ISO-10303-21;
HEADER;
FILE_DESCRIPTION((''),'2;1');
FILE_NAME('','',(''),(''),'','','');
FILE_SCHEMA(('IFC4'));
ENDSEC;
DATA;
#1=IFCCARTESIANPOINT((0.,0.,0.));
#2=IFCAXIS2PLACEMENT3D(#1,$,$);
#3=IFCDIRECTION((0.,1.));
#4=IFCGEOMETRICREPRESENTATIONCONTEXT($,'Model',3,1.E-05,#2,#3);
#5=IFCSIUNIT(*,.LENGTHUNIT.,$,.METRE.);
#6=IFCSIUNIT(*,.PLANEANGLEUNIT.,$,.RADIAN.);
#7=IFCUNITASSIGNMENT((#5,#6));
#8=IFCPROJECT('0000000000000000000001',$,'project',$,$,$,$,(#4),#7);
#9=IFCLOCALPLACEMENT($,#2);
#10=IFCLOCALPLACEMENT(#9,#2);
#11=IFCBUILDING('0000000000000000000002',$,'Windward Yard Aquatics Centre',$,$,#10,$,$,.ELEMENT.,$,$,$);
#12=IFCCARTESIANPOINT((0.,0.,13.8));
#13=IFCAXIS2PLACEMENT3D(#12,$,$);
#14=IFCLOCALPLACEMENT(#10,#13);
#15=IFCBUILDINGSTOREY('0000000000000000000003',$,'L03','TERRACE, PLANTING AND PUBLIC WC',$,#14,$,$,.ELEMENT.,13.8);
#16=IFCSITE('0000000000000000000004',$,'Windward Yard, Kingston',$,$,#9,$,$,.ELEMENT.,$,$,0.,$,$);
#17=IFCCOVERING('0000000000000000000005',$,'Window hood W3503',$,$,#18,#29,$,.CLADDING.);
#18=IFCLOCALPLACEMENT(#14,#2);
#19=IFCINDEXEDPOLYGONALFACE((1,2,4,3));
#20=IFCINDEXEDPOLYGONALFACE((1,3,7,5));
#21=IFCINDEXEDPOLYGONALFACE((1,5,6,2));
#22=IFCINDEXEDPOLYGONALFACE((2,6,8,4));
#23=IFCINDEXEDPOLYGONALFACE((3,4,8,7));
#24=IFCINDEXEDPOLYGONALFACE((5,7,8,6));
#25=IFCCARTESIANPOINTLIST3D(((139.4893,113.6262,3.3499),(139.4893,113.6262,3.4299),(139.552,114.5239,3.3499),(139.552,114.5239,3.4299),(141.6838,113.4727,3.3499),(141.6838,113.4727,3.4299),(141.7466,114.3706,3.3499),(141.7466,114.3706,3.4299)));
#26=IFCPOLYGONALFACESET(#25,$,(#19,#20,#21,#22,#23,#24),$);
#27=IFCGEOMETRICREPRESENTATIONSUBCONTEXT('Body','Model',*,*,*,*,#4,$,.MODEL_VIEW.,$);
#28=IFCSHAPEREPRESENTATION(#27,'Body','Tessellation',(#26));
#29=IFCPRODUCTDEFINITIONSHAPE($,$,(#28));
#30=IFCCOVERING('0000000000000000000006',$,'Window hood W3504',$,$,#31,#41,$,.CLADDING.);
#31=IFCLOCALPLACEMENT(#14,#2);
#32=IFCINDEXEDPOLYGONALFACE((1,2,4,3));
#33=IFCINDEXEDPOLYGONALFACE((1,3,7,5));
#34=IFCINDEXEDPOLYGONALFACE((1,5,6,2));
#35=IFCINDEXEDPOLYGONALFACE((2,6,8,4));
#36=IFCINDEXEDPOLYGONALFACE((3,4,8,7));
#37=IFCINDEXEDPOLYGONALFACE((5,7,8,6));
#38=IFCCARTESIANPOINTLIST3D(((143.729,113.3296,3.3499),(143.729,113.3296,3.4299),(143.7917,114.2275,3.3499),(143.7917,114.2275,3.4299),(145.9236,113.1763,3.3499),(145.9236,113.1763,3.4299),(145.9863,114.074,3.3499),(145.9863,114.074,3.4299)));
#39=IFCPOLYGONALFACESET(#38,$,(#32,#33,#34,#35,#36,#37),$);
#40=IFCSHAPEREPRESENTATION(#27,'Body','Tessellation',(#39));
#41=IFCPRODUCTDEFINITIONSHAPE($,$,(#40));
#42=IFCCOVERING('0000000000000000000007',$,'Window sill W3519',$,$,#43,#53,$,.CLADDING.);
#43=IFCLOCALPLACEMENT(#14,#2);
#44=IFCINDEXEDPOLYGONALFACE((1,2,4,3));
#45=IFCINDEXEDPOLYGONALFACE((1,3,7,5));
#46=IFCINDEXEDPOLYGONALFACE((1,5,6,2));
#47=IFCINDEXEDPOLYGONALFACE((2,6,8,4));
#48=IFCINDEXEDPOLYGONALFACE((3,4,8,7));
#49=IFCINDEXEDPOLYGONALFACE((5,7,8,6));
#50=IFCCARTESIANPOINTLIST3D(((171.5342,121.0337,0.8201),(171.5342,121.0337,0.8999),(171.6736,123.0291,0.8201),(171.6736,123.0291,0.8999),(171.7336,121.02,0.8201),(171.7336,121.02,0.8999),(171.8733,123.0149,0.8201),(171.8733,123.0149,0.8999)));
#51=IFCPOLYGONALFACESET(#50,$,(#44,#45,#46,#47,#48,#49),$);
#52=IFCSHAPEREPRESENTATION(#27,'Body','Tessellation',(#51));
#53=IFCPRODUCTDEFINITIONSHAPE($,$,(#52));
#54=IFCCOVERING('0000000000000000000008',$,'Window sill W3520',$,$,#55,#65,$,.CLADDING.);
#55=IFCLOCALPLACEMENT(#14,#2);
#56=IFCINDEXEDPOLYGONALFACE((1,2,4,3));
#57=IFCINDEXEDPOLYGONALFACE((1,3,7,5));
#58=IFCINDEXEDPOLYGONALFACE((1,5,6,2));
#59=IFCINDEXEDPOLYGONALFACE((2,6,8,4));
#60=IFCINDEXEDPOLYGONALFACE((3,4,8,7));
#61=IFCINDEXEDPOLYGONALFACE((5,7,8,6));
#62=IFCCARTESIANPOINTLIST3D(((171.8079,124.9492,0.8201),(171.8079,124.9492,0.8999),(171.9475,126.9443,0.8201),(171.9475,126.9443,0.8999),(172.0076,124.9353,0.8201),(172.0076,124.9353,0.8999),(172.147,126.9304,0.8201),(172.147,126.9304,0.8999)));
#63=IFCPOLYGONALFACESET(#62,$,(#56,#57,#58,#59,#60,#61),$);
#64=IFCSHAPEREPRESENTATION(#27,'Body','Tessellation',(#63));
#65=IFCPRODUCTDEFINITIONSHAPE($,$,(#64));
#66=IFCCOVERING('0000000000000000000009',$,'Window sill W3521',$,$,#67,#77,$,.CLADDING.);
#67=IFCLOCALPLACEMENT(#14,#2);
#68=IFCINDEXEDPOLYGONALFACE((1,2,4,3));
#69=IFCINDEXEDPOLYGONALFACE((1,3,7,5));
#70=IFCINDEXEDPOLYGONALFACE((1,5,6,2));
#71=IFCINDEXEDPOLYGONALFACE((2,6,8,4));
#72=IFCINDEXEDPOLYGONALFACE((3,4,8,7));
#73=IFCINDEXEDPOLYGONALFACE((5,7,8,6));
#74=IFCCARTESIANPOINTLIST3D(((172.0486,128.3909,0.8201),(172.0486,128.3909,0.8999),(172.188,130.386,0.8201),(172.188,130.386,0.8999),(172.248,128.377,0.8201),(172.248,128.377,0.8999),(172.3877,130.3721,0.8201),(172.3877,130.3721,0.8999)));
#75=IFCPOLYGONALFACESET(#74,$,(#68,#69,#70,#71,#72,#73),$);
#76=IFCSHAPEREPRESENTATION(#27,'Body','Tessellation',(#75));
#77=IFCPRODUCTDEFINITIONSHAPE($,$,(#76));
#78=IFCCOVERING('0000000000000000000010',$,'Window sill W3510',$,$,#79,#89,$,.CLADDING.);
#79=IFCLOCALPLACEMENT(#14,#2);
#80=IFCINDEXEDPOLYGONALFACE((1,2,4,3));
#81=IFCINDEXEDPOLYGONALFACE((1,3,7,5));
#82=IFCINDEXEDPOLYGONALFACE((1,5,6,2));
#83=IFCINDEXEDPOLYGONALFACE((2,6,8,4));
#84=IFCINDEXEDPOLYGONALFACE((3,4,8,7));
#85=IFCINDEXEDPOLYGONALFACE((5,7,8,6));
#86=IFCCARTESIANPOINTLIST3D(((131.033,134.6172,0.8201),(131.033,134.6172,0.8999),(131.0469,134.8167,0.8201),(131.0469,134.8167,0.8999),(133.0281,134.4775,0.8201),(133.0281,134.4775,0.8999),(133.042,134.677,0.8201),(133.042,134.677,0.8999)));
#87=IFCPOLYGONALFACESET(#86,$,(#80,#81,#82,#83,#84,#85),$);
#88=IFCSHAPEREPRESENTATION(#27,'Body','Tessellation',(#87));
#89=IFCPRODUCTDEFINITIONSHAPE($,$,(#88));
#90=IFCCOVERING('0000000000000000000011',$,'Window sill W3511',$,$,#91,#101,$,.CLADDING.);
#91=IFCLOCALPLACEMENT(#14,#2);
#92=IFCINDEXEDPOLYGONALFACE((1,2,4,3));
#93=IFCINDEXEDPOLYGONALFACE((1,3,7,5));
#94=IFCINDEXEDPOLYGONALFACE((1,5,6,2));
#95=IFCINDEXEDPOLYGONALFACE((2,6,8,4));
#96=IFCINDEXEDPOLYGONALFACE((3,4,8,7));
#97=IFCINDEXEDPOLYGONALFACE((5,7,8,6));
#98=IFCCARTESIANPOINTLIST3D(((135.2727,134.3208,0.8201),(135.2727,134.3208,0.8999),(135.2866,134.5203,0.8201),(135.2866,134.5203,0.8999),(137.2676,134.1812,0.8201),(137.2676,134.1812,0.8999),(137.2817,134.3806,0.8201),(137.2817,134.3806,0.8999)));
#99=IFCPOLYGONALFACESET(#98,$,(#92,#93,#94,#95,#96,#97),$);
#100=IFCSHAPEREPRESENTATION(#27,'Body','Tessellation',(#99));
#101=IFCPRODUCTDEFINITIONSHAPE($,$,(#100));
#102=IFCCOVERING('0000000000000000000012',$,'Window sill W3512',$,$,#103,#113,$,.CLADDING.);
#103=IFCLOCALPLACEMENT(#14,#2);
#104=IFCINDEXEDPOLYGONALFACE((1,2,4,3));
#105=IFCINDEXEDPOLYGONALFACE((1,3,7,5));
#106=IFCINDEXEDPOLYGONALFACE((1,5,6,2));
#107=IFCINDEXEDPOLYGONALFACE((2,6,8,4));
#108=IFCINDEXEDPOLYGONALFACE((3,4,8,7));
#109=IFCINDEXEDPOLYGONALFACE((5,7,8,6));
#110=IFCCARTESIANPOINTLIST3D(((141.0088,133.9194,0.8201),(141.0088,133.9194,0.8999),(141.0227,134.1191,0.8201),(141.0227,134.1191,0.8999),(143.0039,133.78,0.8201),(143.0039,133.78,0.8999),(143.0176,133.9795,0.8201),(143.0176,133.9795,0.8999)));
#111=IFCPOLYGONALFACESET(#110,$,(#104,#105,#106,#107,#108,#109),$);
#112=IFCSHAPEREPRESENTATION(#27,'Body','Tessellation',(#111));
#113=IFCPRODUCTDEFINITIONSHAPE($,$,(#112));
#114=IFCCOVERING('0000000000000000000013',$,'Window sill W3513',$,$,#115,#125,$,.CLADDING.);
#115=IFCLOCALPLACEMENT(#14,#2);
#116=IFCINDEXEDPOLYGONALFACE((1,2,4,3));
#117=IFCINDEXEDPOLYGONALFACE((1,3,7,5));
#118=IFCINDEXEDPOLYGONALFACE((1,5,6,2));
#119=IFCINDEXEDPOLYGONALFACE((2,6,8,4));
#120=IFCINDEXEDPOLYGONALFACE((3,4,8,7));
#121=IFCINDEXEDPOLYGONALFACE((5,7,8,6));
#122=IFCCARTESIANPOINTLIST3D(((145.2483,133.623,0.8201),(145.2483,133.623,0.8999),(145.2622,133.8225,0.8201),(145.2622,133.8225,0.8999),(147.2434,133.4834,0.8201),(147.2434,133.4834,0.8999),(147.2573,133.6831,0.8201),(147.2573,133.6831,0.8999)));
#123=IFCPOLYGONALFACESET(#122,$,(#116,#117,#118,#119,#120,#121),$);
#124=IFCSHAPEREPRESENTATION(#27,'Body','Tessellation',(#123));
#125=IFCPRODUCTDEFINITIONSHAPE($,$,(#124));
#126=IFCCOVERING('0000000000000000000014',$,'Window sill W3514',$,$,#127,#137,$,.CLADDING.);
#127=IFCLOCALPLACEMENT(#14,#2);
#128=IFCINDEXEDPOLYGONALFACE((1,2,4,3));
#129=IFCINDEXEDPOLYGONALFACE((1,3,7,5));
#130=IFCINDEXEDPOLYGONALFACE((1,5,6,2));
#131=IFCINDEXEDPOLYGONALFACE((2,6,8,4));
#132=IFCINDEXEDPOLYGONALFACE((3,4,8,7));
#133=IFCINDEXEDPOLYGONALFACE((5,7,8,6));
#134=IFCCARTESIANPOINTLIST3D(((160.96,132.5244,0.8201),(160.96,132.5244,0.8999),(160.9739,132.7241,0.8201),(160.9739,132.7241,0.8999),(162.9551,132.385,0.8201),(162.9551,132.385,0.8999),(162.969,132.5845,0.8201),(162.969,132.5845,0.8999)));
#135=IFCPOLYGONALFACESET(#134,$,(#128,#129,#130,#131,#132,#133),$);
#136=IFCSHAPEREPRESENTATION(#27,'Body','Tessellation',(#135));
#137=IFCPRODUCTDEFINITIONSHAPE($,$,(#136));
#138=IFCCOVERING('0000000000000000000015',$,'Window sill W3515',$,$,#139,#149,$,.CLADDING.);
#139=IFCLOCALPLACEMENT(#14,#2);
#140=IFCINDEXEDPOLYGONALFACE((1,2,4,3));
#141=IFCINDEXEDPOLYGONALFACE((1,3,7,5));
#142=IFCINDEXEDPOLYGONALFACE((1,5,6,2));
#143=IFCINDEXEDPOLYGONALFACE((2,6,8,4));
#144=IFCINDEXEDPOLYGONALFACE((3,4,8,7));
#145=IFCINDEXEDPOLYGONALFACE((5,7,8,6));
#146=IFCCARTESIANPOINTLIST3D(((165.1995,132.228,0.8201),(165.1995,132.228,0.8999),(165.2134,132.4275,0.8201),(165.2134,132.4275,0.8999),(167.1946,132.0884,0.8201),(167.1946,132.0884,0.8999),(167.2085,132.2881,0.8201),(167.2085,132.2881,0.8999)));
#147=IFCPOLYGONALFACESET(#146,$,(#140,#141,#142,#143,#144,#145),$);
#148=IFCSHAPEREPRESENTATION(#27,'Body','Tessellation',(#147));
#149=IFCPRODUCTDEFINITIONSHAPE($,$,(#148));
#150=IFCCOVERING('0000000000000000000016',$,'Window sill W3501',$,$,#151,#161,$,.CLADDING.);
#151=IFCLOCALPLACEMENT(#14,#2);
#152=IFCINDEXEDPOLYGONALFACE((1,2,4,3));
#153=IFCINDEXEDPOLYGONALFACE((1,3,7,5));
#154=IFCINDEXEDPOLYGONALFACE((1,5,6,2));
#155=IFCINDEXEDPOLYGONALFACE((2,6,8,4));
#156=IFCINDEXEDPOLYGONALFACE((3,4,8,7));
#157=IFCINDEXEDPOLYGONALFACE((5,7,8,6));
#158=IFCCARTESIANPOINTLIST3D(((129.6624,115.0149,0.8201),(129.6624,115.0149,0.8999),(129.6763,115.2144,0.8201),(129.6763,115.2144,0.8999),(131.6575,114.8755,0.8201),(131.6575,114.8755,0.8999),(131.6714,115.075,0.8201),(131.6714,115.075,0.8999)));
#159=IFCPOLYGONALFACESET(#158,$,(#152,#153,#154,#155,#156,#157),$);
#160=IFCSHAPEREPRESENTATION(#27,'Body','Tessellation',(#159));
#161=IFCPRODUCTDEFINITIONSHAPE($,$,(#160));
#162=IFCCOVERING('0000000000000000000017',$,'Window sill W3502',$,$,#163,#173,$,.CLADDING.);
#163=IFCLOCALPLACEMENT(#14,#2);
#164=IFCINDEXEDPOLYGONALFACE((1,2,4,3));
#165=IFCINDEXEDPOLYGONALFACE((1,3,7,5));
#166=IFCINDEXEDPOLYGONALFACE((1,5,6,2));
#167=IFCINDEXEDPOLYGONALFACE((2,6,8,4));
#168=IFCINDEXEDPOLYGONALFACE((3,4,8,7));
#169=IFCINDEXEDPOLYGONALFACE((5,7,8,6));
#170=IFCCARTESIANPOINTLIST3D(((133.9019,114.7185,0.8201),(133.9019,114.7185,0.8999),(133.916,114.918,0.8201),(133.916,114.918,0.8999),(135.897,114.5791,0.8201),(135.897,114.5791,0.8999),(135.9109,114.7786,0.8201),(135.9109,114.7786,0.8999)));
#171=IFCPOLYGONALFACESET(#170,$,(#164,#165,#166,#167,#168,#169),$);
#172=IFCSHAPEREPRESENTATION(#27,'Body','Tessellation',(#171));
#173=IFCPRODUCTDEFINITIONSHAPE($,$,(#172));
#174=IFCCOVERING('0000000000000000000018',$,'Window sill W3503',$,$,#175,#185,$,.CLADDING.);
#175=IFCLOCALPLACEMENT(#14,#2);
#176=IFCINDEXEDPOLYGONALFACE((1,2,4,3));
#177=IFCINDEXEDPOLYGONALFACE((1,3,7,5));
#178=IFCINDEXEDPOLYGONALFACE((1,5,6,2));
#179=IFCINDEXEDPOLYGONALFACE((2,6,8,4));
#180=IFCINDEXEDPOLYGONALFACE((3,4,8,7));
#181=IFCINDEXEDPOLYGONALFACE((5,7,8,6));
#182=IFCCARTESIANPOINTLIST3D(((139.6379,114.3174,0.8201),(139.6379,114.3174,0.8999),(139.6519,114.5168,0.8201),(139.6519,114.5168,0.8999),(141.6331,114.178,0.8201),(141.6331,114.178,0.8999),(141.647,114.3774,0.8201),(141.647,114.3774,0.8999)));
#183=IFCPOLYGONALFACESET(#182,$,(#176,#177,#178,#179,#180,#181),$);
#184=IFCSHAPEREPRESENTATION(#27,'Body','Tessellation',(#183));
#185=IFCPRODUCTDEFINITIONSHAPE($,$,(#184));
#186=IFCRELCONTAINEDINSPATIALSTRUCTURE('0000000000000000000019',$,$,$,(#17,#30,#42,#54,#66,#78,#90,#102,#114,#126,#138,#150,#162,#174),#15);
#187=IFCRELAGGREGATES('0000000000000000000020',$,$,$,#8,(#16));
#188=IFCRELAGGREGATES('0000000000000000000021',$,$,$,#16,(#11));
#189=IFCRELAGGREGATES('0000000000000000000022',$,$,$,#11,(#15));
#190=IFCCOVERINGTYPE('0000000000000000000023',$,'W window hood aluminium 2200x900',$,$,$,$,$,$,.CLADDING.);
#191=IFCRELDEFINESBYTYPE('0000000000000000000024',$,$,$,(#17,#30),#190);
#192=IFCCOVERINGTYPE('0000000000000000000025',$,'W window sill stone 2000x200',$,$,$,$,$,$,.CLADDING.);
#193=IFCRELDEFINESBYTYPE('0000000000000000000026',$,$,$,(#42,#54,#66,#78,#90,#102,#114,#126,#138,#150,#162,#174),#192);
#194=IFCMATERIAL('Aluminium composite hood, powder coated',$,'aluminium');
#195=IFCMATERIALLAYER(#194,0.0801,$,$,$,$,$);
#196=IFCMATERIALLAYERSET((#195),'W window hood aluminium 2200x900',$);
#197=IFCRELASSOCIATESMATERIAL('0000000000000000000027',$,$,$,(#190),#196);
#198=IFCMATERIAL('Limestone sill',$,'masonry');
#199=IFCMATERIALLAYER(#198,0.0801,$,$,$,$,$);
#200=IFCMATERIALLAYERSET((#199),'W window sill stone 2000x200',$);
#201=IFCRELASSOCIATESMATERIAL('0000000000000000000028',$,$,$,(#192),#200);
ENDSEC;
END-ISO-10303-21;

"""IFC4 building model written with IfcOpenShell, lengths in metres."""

from ifc_helpers import new_model, si_unit, direction, frame, origin, place, context, subcontext, project, spatial, polyline, outline, extrude, material, layer, layer_set, type_object, element, save


model = new_model("IFC4")

# Units and contexts
model_context = context("Model", 3, precision=1e-05, world=origin(), true_north=direction((0.0, 1.0)))
body_context = subcontext(model_context, "Body", "Model", "MODEL_VIEW")
ifc_project = project(units=[si_unit("LENGTHUNIT", "METRE"), si_unit("PLANEANGLEUNIT", "RADIAN")], contexts=[model_context])

# Site, building, storey
site_placement = place(None, origin())
site = spatial("IfcSite", under=ifc_project, at=site_placement, Name="Windward Yard, Kingston", CompositionType="ELEMENT", RefElevation=0.0)
building_placement = place(site_placement, origin())
building = spatial("IfcBuilding", under=site, at=building_placement, Name="Windward Yard Aquatics Centre", CompositionType="ELEMENT")
storey_placement = place(building_placement, frame((0.0, 0.0, 13.8)))
storey = spatial("IfcBuildingStorey", under=building, at=storey_placement, Name="L03", Description="TERRACE, PLANTING AND PUBLIC WC", CompositionType="ELEMENT", Elevation=13.8)

# Coverings
ifc_material_1 = material(Name="Aluminium composite hood, powder coated", Category="aluminium")
ifc_layer_1 = layer(ifc_material_1, 0.0801)
ifc_layer_set_1 = layer_set([ifc_layer_1], Name="W window hood aluminium 2200x900")
covering_type_1 = type_object("IfcCoveringType", Name="W window hood aluminium 2200x900", PredefinedType="CLADDING", material=ifc_layer_set_1)
covering_1_placement = place(storey_placement, frame((0.0, 0.0, 3.3499)))
element("IfcCovering", 1, at=covering_1_placement, inside=storey, type_object=covering_type_1, Name="Window hood W3503", PredefinedType="CLADDING", context=body_context, shape_type="SweptSolid", body=[
    extrude(outline(polyline([(139.4893, 113.6262), (139.552, 114.5239), (141.7466, 114.3706), (141.6838, 113.4727), (139.4893, 113.6262)])), origin(), (0.0, 0.0, 1.0), 0.0801),
])
covering_2_placement = place(storey_placement, frame((0.0, 0.0, 3.3499)))
element("IfcCovering", 2, at=covering_2_placement, inside=storey, type_object=covering_type_1, Name="Window hood W3504", PredefinedType="CLADDING", context=body_context, shape_type="SweptSolid", body=[
    extrude(outline(polyline([(143.729, 113.3296), (143.7917, 114.2275), (145.9863, 114.074), (145.9236, 113.1763), (143.729, 113.3296)])), origin(), (0.0, 0.0, 1.0), 0.0801),
])
ifc_material_2 = material(Name="Limestone sill", Category="masonry")
ifc_layer_2 = layer(ifc_material_2, 0.0801)
ifc_layer_set_2 = layer_set([ifc_layer_2], Name="W window sill stone 2000x200")
covering_type_2 = type_object("IfcCoveringType", Name="W window sill stone 2000x200", PredefinedType="CLADDING", material=ifc_layer_set_2)
covering_3_placement = place(storey_placement, frame((0.0, 0.0, 0.8201)))
element("IfcCovering", 3, at=covering_3_placement, inside=storey, type_object=covering_type_2, Name="Window sill W3519", PredefinedType="CLADDING", context=body_context, shape_type="SweptSolid", body=[
    extrude(outline(polyline([(171.5342, 121.0337), (171.6736, 123.0291), (171.8733, 123.0149), (171.7336, 121.02), (171.5342, 121.0337)])), origin(), (0.0, 0.0, 1.0), 0.0798),
])
covering_4_placement = place(storey_placement, frame((0.0, 0.0, 0.8201)))
element("IfcCovering", 4, at=covering_4_placement, inside=storey, type_object=covering_type_2, Name="Window sill W3520", PredefinedType="CLADDING", context=body_context, shape_type="SweptSolid", body=[
    extrude(outline(polyline([(171.8079, 124.9492), (171.9475, 126.9443), (172.147, 126.9304), (172.0076, 124.9353), (171.8079, 124.9492)])), origin(), (0.0, 0.0, 1.0), 0.0798),
])
covering_5_placement = place(storey_placement, frame((0.0, 0.0, 0.8201)))
element("IfcCovering", 5, at=covering_5_placement, inside=storey, type_object=covering_type_2, Name="Window sill W3521", PredefinedType="CLADDING", context=body_context, shape_type="SweptSolid", body=[
    extrude(outline(polyline([(172.0486, 128.3909), (172.188, 130.386), (172.3877, 130.3721), (172.248, 128.377), (172.0486, 128.3909)])), origin(), (0.0, 0.0, 1.0), 0.0798),
])
covering_6_placement = place(storey_placement, frame((0.0, 0.0, 0.8201)))
element("IfcCovering", 6, at=covering_6_placement, inside=storey, type_object=covering_type_2, Name="Window sill W3510", PredefinedType="CLADDING", context=body_context, shape_type="SweptSolid", body=[
    extrude(outline(polyline([(131.033, 134.6172), (133.0281, 134.4775), (133.042, 134.677), (131.0469, 134.8167), (131.033, 134.6172)])), origin(), (0.0, 0.0, 1.0), 0.0798),
])
covering_7_placement = place(storey_placement, frame((0.0, 0.0, 0.8201)))
element("IfcCovering", 7, at=covering_7_placement, inside=storey, type_object=covering_type_2, Name="Window sill W3511", PredefinedType="CLADDING", context=body_context, shape_type="SweptSolid", body=[
    extrude(outline(polyline([(135.2727, 134.3208), (137.2676, 134.1812), (137.2817, 134.3806), (135.2866, 134.5203), (135.2727, 134.3208)])), origin(), (0.0, 0.0, 1.0), 0.0798),
])
covering_8_placement = place(storey_placement, frame((0.0, 0.0, 0.8201)))
element("IfcCovering", 8, at=covering_8_placement, inside=storey, type_object=covering_type_2, Name="Window sill W3512", PredefinedType="CLADDING", context=body_context, shape_type="SweptSolid", body=[
    extrude(outline(polyline([(141.0088, 133.9194), (143.0039, 133.78), (143.0176, 133.9795), (141.0227, 134.1191), (141.0088, 133.9194)])), origin(), (0.0, 0.0, 1.0), 0.0798),
])
covering_9_placement = place(storey_placement, frame((0.0, 0.0, 0.8201)))
element("IfcCovering", 9, at=covering_9_placement, inside=storey, type_object=covering_type_2, Name="Window sill W3513", PredefinedType="CLADDING", context=body_context, shape_type="SweptSolid", body=[
    extrude(outline(polyline([(145.2483, 133.623), (147.2434, 133.4834), (147.2573, 133.6831), (145.2622, 133.8225), (145.2483, 133.623)])), origin(), (0.0, 0.0, 1.0), 0.0798),
])
covering_10_placement = place(storey_placement, frame((0.0, 0.0, 0.8201)))
element("IfcCovering", 10, at=covering_10_placement, inside=storey, type_object=covering_type_2, Name="Window sill W3514", PredefinedType="CLADDING", context=body_context, shape_type="SweptSolid", body=[
    extrude(outline(polyline([(160.96, 132.5244), (162.9551, 132.385), (162.969, 132.5845), (160.9739, 132.7241), (160.96, 132.5244)])), origin(), (0.0, 0.0, 1.0), 0.0798),
])
covering_11_placement = place(storey_placement, frame((0.0, 0.0, 0.8201)))
element("IfcCovering", 11, at=covering_11_placement, inside=storey, type_object=covering_type_2, Name="Window sill W3515", PredefinedType="CLADDING", context=body_context, shape_type="SweptSolid", body=[
    extrude(outline(polyline([(165.1995, 132.228), (167.1946, 132.0884), (167.2085, 132.2881), (165.2134, 132.4275), (165.1995, 132.228)])), origin(), (0.0, 0.0, 1.0), 0.0798),
])
covering_12_placement = place(storey_placement, frame((0.0, 0.0, 0.8201)))
element("IfcCovering", 12, at=covering_12_placement, inside=storey, type_object=covering_type_2, Name="Window sill W3501", PredefinedType="CLADDING", context=body_context, shape_type="SweptSolid", body=[
    extrude(outline(polyline([(129.6624, 115.0149), (129.6763, 115.2144), (131.6714, 115.075), (131.6575, 114.8755), (129.6624, 115.0149)])), origin(), (0.0, 0.0, 1.0), 0.0798),
])
covering_13_placement = place(storey_placement, frame((0.0, 0.0, 0.8201)))
element("IfcCovering", 13, at=covering_13_placement, inside=storey, type_object=covering_type_2, Name="Window sill W3502", PredefinedType="CLADDING", context=body_context, shape_type="SweptSolid", body=[
    extrude(outline(polyline([(133.9019, 114.7185), (133.916, 114.918), (135.9109, 114.7786), (135.897, 114.5791), (133.9019, 114.7185)])), origin(), (0.0, 0.0, 1.0), 0.0798),
])
covering_14_placement = place(storey_placement, frame((0.0, 0.0, 0.8201)))
element("IfcCovering", 14, at=covering_14_placement, inside=storey, type_object=covering_type_2, Name="Window sill W3503", PredefinedType="CLADDING", context=body_context, shape_type="SweptSolid", body=[
    extrude(outline(polyline([(139.6379, 114.3174), (139.6519, 114.5168), (141.647, 114.3774), (141.6331, 114.178), (139.6379, 114.3174)])), origin(), (0.0, 0.0, 1.0), 0.0798),
])

save(model, "model.ifc")
